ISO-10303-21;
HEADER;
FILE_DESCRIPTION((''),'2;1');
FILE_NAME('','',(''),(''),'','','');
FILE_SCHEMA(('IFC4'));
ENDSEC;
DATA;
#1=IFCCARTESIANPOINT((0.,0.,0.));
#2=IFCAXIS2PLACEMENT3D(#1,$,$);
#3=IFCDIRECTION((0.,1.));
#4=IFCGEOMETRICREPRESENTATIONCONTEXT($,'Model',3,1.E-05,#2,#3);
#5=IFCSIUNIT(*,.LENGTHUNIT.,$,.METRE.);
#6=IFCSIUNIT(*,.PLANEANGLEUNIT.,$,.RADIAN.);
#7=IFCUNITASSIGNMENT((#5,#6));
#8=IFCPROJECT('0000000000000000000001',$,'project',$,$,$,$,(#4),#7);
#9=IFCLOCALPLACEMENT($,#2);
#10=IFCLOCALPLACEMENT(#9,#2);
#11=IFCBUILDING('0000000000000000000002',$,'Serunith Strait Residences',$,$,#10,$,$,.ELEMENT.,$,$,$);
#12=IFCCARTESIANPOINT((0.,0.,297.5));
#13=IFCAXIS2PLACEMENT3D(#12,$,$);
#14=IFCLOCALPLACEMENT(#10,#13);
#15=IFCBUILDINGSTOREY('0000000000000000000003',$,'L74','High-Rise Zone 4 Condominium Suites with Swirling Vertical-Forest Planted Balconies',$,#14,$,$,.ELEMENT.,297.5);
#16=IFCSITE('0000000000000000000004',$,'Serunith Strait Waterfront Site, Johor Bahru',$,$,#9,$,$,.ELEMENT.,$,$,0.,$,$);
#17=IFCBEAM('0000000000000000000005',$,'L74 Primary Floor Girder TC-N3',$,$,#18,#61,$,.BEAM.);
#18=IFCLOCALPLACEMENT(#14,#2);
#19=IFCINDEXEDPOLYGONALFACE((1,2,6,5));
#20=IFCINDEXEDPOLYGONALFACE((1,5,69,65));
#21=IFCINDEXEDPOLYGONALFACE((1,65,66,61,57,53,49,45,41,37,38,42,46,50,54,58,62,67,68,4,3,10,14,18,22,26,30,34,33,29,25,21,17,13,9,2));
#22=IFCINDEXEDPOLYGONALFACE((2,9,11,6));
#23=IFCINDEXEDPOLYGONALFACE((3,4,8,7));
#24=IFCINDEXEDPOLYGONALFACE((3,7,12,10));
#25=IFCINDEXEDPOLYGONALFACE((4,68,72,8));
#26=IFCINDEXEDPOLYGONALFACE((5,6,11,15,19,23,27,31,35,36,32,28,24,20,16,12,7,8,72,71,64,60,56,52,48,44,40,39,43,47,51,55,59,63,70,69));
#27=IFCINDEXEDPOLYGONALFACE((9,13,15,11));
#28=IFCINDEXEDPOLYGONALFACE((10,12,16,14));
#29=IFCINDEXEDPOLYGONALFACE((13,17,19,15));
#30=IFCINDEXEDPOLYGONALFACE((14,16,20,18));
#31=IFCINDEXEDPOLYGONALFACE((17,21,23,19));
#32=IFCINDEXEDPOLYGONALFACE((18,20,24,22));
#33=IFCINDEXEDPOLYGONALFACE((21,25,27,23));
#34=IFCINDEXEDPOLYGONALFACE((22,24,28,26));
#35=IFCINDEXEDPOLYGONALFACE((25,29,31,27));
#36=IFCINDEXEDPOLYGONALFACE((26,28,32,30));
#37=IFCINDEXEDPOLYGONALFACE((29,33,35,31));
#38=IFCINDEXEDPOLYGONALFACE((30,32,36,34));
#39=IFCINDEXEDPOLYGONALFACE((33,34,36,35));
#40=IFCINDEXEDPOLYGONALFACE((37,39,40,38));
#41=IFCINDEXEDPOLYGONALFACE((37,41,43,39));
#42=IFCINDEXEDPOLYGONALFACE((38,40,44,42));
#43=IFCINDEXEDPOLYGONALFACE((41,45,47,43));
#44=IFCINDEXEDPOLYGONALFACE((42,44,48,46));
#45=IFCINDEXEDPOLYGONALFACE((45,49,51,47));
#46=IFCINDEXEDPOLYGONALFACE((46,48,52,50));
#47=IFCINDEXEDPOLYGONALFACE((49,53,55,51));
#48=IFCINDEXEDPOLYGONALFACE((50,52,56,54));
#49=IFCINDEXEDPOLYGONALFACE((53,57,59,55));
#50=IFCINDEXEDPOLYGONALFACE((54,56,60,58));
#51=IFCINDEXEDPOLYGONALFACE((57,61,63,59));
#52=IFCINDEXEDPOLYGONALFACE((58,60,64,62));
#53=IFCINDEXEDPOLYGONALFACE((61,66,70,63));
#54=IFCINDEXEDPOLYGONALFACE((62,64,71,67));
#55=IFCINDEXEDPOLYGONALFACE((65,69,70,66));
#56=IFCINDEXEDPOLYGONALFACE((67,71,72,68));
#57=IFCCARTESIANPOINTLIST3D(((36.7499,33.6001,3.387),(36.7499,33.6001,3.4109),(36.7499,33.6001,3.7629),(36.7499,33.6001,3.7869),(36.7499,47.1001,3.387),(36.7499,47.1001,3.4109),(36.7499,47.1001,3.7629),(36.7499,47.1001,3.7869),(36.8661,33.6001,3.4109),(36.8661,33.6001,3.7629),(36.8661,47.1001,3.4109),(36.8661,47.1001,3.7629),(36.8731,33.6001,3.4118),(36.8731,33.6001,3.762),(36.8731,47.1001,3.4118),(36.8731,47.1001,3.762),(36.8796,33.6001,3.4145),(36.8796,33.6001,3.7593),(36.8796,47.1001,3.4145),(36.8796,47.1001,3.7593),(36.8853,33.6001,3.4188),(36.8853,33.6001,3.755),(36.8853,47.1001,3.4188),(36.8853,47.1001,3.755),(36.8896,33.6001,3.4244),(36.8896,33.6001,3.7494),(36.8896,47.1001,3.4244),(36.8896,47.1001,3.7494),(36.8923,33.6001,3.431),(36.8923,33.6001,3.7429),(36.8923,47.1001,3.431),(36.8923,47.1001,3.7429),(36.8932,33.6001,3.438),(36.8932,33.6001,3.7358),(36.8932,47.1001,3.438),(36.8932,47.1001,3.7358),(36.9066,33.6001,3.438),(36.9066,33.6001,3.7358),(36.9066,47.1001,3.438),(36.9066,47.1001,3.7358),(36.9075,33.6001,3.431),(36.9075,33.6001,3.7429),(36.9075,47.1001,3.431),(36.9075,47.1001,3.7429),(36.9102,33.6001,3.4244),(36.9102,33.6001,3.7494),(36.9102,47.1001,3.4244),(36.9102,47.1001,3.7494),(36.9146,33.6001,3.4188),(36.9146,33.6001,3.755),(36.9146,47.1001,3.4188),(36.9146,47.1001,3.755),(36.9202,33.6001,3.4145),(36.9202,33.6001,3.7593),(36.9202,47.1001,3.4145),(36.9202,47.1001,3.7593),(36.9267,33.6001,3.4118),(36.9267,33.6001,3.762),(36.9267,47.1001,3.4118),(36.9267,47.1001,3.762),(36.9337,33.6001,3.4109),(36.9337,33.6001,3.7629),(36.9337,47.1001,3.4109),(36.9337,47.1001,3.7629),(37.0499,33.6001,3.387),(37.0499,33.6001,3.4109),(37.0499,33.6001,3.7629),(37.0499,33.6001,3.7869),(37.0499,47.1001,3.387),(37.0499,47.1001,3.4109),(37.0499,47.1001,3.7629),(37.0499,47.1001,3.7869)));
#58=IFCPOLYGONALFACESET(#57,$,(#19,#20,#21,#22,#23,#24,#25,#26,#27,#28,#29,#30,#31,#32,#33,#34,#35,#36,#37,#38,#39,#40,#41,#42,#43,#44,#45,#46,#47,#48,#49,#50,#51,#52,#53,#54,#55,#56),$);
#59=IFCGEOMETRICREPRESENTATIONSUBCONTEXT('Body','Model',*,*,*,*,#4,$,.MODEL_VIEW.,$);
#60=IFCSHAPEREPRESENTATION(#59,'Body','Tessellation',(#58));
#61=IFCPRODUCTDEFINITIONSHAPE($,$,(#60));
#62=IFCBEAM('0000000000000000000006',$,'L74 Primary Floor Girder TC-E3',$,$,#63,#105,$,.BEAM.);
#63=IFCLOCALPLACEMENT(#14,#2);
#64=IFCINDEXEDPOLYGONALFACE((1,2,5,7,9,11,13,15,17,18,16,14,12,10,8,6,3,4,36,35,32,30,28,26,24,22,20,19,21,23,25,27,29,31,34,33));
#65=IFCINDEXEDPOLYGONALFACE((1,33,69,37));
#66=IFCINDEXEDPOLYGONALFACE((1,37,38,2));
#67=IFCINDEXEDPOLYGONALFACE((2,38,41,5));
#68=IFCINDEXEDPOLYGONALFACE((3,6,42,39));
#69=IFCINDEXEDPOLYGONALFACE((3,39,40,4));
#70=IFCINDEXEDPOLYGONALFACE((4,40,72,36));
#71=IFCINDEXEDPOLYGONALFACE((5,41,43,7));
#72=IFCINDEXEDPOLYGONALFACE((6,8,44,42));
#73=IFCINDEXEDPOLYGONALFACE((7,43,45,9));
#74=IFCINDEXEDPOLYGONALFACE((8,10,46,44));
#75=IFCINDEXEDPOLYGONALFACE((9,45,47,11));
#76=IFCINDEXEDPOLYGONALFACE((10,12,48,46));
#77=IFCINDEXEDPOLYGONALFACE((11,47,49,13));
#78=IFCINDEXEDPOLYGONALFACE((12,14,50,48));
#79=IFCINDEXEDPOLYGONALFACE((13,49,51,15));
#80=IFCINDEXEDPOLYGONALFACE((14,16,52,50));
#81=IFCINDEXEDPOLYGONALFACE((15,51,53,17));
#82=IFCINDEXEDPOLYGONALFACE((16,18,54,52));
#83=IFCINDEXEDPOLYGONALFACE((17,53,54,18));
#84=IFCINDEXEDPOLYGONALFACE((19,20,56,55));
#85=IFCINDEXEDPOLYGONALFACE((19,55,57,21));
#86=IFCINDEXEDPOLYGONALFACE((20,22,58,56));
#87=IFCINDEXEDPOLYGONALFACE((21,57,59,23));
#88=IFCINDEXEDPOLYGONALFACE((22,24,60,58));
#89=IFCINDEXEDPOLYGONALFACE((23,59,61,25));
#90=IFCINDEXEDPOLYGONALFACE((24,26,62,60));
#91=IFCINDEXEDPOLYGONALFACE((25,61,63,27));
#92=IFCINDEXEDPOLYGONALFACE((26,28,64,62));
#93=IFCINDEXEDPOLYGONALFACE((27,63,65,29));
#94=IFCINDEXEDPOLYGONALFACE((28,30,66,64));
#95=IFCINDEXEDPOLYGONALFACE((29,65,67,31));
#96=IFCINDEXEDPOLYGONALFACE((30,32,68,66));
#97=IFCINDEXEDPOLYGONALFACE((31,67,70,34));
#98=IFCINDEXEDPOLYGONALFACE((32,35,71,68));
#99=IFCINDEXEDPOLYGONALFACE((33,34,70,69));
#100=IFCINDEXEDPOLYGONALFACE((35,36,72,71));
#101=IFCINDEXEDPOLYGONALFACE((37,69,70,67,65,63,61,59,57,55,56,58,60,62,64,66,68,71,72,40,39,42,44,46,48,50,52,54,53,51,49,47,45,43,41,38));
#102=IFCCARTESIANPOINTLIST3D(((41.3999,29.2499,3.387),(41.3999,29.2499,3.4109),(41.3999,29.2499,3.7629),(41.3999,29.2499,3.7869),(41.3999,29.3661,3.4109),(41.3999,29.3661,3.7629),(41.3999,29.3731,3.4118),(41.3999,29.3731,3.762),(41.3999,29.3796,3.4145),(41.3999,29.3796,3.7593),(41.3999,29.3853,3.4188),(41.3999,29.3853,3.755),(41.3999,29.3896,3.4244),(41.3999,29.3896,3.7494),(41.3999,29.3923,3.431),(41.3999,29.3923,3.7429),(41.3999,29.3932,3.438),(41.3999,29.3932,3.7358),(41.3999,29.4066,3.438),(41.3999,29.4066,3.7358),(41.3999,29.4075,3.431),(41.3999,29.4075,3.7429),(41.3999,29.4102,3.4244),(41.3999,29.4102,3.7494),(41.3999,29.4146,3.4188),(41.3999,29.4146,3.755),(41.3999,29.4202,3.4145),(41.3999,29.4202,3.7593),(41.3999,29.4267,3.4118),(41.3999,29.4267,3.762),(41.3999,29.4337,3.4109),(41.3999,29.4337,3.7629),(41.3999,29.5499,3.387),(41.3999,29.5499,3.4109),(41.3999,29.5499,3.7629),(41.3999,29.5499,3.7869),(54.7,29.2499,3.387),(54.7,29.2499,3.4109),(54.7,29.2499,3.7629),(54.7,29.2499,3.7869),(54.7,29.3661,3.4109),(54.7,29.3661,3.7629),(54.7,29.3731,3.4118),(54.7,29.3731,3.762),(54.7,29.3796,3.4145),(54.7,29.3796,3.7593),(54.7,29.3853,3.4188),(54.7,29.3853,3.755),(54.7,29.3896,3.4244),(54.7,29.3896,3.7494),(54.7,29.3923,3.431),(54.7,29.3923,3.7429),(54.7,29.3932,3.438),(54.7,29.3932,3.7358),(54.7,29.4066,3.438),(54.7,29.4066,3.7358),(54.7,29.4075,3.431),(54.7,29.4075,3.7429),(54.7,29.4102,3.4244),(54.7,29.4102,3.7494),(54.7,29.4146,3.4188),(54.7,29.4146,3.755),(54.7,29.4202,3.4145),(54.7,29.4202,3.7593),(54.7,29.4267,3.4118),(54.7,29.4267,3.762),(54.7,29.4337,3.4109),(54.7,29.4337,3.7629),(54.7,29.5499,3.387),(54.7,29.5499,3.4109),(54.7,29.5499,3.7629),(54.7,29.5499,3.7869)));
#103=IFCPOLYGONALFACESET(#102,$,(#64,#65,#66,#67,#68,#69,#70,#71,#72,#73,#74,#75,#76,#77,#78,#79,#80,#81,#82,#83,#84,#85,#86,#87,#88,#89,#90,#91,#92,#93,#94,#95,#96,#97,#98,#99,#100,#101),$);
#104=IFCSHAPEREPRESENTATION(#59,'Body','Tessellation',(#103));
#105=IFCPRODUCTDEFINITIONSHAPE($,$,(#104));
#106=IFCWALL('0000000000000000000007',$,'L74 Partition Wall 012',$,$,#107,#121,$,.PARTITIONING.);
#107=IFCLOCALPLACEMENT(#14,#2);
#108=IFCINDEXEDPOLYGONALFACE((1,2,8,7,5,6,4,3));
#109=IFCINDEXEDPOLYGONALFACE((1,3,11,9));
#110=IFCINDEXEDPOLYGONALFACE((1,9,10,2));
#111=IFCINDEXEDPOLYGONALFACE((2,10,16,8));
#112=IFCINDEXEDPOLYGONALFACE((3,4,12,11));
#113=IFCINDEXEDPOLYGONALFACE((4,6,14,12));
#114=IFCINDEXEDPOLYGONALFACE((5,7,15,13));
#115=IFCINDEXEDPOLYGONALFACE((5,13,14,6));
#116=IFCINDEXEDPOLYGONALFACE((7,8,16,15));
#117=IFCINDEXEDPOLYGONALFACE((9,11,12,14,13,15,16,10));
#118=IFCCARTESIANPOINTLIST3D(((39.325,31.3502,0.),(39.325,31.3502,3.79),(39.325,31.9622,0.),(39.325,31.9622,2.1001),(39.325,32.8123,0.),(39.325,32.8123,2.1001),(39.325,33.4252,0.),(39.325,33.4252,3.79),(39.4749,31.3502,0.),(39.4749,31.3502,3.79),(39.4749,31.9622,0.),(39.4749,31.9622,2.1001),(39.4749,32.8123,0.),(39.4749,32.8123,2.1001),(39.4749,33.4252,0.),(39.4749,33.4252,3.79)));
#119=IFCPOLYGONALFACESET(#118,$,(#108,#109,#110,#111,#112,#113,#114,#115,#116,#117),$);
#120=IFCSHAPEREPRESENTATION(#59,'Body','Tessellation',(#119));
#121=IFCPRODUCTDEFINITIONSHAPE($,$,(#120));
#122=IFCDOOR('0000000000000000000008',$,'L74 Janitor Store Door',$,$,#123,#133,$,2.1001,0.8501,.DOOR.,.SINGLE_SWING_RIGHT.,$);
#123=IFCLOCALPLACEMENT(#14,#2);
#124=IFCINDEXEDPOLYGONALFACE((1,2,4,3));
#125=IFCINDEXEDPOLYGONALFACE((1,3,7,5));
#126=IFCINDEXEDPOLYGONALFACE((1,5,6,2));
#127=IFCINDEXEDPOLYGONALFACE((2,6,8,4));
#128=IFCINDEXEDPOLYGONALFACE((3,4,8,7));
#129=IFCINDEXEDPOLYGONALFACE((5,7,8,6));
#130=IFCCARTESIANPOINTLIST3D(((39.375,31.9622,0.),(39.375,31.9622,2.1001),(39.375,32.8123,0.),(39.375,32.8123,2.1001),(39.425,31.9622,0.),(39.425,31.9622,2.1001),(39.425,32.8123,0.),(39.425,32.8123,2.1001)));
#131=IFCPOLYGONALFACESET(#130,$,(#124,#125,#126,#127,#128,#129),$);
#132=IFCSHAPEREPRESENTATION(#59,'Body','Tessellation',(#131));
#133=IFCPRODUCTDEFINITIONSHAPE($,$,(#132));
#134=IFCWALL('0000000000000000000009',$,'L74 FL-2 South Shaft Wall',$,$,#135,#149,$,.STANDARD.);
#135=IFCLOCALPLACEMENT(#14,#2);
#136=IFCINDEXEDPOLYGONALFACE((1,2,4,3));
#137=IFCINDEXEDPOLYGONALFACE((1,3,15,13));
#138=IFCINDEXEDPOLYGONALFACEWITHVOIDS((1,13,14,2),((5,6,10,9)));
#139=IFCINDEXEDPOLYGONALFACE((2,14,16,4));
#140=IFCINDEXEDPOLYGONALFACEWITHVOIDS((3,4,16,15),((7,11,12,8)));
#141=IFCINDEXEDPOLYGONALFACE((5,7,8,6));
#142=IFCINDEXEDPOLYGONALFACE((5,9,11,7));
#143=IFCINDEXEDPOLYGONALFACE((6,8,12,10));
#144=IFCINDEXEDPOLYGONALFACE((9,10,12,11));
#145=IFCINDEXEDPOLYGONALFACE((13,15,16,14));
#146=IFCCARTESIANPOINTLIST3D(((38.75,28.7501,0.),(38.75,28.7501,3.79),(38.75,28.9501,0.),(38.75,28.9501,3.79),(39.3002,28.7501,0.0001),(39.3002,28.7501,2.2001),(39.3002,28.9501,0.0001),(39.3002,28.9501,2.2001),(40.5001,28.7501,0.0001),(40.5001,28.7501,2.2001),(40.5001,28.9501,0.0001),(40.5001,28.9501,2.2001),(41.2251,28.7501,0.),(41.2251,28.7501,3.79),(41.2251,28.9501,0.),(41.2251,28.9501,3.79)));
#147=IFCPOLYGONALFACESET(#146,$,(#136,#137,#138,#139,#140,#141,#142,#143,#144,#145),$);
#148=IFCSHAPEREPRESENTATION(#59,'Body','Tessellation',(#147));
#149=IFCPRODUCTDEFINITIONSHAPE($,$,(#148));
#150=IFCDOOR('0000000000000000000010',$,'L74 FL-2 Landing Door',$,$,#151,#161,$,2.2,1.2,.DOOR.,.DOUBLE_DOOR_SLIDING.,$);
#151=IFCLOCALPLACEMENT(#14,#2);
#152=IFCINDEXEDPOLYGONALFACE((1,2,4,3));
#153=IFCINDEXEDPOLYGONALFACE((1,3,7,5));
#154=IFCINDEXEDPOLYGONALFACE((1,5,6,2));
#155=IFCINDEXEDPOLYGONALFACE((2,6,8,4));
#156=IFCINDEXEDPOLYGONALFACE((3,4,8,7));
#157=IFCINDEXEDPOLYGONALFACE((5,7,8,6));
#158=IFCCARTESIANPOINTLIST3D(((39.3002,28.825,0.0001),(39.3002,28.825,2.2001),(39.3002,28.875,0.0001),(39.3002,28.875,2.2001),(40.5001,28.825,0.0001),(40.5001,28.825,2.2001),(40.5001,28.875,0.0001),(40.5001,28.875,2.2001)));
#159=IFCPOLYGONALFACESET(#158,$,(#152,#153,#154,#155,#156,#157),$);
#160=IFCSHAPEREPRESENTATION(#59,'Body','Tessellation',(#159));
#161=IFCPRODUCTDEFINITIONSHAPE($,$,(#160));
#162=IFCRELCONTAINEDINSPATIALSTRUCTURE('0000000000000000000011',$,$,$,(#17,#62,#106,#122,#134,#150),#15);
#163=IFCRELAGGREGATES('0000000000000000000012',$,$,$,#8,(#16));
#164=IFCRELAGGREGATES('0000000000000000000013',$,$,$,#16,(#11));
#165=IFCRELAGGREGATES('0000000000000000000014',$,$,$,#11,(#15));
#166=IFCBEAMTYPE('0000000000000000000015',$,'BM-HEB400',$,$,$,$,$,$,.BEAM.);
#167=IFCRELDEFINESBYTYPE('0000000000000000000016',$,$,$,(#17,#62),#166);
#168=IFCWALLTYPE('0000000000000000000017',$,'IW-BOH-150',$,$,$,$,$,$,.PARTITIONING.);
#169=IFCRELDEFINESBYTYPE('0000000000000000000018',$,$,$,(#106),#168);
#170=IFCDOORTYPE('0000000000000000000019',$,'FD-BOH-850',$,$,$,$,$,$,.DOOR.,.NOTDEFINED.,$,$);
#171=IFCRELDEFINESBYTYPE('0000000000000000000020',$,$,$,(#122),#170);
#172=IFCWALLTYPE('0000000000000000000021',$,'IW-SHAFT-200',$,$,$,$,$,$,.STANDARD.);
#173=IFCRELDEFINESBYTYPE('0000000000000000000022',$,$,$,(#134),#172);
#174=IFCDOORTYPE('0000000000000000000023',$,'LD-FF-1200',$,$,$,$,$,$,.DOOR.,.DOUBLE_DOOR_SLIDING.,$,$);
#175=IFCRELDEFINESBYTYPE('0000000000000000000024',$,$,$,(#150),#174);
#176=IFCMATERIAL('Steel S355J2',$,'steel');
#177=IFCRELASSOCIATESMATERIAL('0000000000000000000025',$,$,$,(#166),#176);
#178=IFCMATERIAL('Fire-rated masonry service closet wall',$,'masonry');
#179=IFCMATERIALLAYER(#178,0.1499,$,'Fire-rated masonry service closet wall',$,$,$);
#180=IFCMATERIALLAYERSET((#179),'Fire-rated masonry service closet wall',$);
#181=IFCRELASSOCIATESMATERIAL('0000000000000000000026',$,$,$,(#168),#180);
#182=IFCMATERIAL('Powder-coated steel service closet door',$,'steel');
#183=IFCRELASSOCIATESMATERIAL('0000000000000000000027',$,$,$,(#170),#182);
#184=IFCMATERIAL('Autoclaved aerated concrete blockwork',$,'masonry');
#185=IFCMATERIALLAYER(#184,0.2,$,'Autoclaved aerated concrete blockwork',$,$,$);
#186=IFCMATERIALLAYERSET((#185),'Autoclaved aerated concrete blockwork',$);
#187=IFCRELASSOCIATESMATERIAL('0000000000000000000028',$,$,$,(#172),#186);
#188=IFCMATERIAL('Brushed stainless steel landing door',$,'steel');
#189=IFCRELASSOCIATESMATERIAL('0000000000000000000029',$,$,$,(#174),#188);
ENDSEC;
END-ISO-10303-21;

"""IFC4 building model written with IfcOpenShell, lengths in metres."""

from ifc_helpers import new_model, si_unit, direction, frame, frame_2d, origin, origin_2d, place, context, subcontext, project, spatial, rectangle, i_section, extrude, source, transform, mapped, material, layer, layer_set, material_profile, profile_set, type_object, element, fill, save


model = new_model("IFC4")

# Units and contexts
model_context = context("Model", 3, precision=1e-05, world=origin(), true_north=direction((0.0, 1.0)))
body_context = subcontext(model_context, "Body", "Model", "MODEL_VIEW")
ifc_project = project(units=[si_unit("LENGTHUNIT", "METRE"), si_unit("PLANEANGLEUNIT", "RADIAN")], contexts=[model_context])

# Site, building, storey
site_placement = place(None, origin())
site = spatial("IfcSite", under=ifc_project, at=site_placement, Name="Serunith Strait Waterfront Site, Johor Bahru", CompositionType="ELEMENT", RefElevation=0.0)
building_placement = place(site_placement, origin())
building = spatial("IfcBuilding", under=site, at=building_placement, Name="Serunith Strait Residences", CompositionType="ELEMENT")
storey_placement = place(building_placement, frame((0.0, 0.0, 297.5)))
storey = spatial("IfcBuildingStorey", under=building, at=storey_placement, Name="L74", Description="High-Rise Zone 4 Condominium Suites with Swirling Vertical-Forest Planted Balconies", CompositionType="ELEMENT", Elevation=297.5)

# Beams
ifc_material_1 = material(Name="Steel S355J2", Category="steel")
ifc_material_profile = material_profile(ifc_material_1, i_section(OverallWidth=0.3, OverallDepth=0.3999, WebThickness=0.0134, FlangeThickness=0.0239, FilletRadius=0.0271, at=origin_2d()), Name="HEB 400")
ifc_profile_set = profile_set([ifc_material_profile], Name="Steel S355J2")
beam_type = type_object("IfcBeamType", Name="BM-HEB400", PredefinedType="BEAM", material=ifc_profile_set)
shared_shape_1 = source(origin(), body_context, "Body", "SweptSolid", [
    extrude(i_section(OverallWidth=0.3, OverallDepth=0.3999, WebThickness=0.0134, FlangeThickness=0.0239, FilletRadius=0.0271, at=origin_2d()), origin(), (0.0, 0.0, 1.0), 13.5),
])
beam_1_placement = place(storey_placement, frame((36.8999, 33.6001, 3.5869), z_axis=(0.0, 1.0, 0.0), x_axis=(-1.0, 0.0, 0.0)))
element("IfcBeam", 1, at=beam_1_placement, inside=storey, type_object=beam_type, Name="L74 Primary Floor Girder TC-N3", PredefinedType="BEAM", context=body_context, shape_type="MappedRepresentation", body=[
    mapped(shared_shape_1, transform((0.0, 0.0, 0.0), scale=1.0)),
])
shared_shape_2 = source(origin(), body_context, "Body", "SweptSolid", [
    extrude(i_section(OverallWidth=0.3, OverallDepth=0.3999, WebThickness=0.0134, FlangeThickness=0.0239, FilletRadius=0.0271, at=origin_2d()), origin(), (0.0, 0.0, 1.0), 13.3),
])
beam_2_placement = place(storey_placement, frame((41.3999, 29.3999, 3.5869), z_axis=(1.0, 0.0, 0.0), x_axis=(0.0, 1.0, 0.0)))
element("IfcBeam", 2, at=beam_2_placement, inside=storey, type_object=beam_type, Name="L74 Primary Floor Girder TC-E3", PredefinedType="BEAM", context=body_context, shape_type="MappedRepresentation", body=[
    mapped(shared_shape_2, transform((0.0, 0.0, 0.0), scale=1.0)),
])

# Walls, openings, doors
ifc_material_2 = material(Name="Fire-rated masonry service closet wall", Category="masonry")
ifc_layer_1 = layer(ifc_material_2, 0.1499, Name="Fire-rated masonry service closet wall")
ifc_layer_set_1 = layer_set([ifc_layer_1], Name="Fire-rated masonry service closet wall")
wall_type_1 = type_object("IfcWallType", Name="IW-BOH-150", PredefinedType="PARTITIONING", material=ifc_layer_set_1)
wall_1_placement = place(storey_placement, frame((39.3999, 31.3501, 0.0), z_axis=(0.0, 0.0, 1.0), x_axis=(0.0, 1.0, 0.0)))
wall_1 = element("IfcWall", 3, at=wall_1_placement, inside=storey, type_object=wall_type_1, Name="L74 Partition Wall 012", PredefinedType="PARTITIONING", context=body_context, shape_type="SweptSolid", body=[
    extrude(rectangle(XDim=2.075, YDim=0.1499, at=frame_2d((1.0376, 0.0))), origin(), (0.0, 0.0, 1.0), 3.79),
])
opening_1_placement = place(wall_1_placement, frame((0.6121, 0.0, 0.0)))
opening_1 = element("IfcOpeningElement", 4, at=opening_1_placement, cuts=wall_1, PredefinedType="OPENING", context=body_context, shape_type="SweptSolid", body=[
    extrude(rectangle(XDim=0.8501, YDim=2.1001, at=frame_2d((0.425, 1.05))), frame((0.0, 0.085, 0.0), z_axis=(0.0, -1.0, 0.0), x_axis=(1.0, 0.0, 0.0)), (0.0, 0.0, 1.0), 0.1699),
])
ifc_material_3 = material(Name="Powder-coated steel service closet door", Category="steel")
door_type_1 = type_object("IfcDoorType", Name="FD-BOH-850", OperationType="NOTDEFINED", PredefinedType="DOOR", material=ifc_material_3)
shared_shape_3 = source(origin(), body_context, "Body", "SweptSolid", [
    extrude(rectangle(XDim=0.8501, YDim=2.1001, at=frame_2d((0.425, 1.05))), frame((0.0, 0.0249, 0.0), z_axis=(0.0, -1.0, 0.0), x_axis=(1.0, 0.0, 0.0)), (0.0, 0.0, 1.0), 0.05),
])
door_1_placement = place(opening_1_placement, origin())
door_1 = element("IfcDoor", 5, at=door_1_placement, inside=storey, type_object=door_type_1, Name="L74 Janitor Store Door", OperationType="SINGLE_SWING_RIGHT", OverallHeight=2.1001, OverallWidth=0.8501, PredefinedType="DOOR", context=body_context, shape_type="MappedRepresentation", body=[
    mapped(shared_shape_3, transform((0.0, 0.0, 0.0), scale=1.0)),
])
fill(opening_1, door_1)
ifc_material_4 = material(Name="Autoclaved aerated concrete blockwork", Category="masonry")
ifc_layer_2 = layer(ifc_material_4, 0.2, Name="Autoclaved aerated concrete blockwork")
ifc_layer_set_2 = layer_set([ifc_layer_2], Name="Autoclaved aerated concrete blockwork")
wall_type_2 = type_object("IfcWallType", Name="IW-SHAFT-200", PredefinedType="STANDARD", material=ifc_layer_set_2)
wall_2_placement = place(storey_placement, frame((38.75, 28.8501, 0.0), z_axis=(0.0, 0.0, 1.0), x_axis=(1.0, 0.0, 0.0)))
wall_2 = element("IfcWall", 6, at=wall_2_placement, inside=storey, type_object=wall_type_2, Name="L74 FL-2 South Shaft Wall", PredefinedType="STANDARD", context=body_context, shape_type="SweptSolid", body=[
    extrude(rectangle(XDim=2.4751, YDim=0.2, at=frame_2d((1.2375, 0.0))), origin(), (0.0, 0.0, 1.0), 3.79),
])
opening_2_placement = place(wall_2_placement, frame((0.55, 0.0, 0.0)))
opening_2 = element("IfcOpeningElement", 7, at=opening_2_placement, cuts=wall_2, PredefinedType="OPENING", context=body_context, shape_type="SweptSolid", body=[
    extrude(rectangle(XDim=1.2, YDim=2.2, at=frame_2d((0.6001, 1.1001))), frame((0.0, 0.1099, 0.0), z_axis=(0.0, -1.0, 0.0), x_axis=(1.0, 0.0, 0.0)), (0.0, 0.0, 1.0), 0.22),
])
ifc_material_5 = material(Name="Brushed stainless steel landing door", Category="steel")
door_type_2 = type_object("IfcDoorType", Name="LD-FF-1200", OperationType="DOUBLE_DOOR_SLIDING", PredefinedType="DOOR", material=ifc_material_5)
shared_shape_4 = source(origin(), body_context, "Body", "SweptSolid", [
    extrude(rectangle(XDim=1.2, YDim=2.2, at=frame_2d((0.6001, 1.1001))), frame((0.0, 0.0249, 0.0), z_axis=(0.0, -1.0, 0.0), x_axis=(1.0, 0.0, 0.0)), (0.0, 0.0, 1.0), 0.05),
])
door_2_placement = place(opening_2_placement, origin())
door_2 = element("IfcDoor", 8, at=door_2_placement, inside=storey, type_object=door_type_2, Name="L74 FL-2 Landing Door", OperationType="DOUBLE_DOOR_SLIDING", OverallHeight=2.2, OverallWidth=1.2, PredefinedType="DOOR", context=body_context, shape_type="MappedRepresentation", body=[
    mapped(shared_shape_4, transform((0.0, 0.0, 0.0), scale=1.0)),
])
fill(opening_2, door_2)

save(model, "model.ifc")
